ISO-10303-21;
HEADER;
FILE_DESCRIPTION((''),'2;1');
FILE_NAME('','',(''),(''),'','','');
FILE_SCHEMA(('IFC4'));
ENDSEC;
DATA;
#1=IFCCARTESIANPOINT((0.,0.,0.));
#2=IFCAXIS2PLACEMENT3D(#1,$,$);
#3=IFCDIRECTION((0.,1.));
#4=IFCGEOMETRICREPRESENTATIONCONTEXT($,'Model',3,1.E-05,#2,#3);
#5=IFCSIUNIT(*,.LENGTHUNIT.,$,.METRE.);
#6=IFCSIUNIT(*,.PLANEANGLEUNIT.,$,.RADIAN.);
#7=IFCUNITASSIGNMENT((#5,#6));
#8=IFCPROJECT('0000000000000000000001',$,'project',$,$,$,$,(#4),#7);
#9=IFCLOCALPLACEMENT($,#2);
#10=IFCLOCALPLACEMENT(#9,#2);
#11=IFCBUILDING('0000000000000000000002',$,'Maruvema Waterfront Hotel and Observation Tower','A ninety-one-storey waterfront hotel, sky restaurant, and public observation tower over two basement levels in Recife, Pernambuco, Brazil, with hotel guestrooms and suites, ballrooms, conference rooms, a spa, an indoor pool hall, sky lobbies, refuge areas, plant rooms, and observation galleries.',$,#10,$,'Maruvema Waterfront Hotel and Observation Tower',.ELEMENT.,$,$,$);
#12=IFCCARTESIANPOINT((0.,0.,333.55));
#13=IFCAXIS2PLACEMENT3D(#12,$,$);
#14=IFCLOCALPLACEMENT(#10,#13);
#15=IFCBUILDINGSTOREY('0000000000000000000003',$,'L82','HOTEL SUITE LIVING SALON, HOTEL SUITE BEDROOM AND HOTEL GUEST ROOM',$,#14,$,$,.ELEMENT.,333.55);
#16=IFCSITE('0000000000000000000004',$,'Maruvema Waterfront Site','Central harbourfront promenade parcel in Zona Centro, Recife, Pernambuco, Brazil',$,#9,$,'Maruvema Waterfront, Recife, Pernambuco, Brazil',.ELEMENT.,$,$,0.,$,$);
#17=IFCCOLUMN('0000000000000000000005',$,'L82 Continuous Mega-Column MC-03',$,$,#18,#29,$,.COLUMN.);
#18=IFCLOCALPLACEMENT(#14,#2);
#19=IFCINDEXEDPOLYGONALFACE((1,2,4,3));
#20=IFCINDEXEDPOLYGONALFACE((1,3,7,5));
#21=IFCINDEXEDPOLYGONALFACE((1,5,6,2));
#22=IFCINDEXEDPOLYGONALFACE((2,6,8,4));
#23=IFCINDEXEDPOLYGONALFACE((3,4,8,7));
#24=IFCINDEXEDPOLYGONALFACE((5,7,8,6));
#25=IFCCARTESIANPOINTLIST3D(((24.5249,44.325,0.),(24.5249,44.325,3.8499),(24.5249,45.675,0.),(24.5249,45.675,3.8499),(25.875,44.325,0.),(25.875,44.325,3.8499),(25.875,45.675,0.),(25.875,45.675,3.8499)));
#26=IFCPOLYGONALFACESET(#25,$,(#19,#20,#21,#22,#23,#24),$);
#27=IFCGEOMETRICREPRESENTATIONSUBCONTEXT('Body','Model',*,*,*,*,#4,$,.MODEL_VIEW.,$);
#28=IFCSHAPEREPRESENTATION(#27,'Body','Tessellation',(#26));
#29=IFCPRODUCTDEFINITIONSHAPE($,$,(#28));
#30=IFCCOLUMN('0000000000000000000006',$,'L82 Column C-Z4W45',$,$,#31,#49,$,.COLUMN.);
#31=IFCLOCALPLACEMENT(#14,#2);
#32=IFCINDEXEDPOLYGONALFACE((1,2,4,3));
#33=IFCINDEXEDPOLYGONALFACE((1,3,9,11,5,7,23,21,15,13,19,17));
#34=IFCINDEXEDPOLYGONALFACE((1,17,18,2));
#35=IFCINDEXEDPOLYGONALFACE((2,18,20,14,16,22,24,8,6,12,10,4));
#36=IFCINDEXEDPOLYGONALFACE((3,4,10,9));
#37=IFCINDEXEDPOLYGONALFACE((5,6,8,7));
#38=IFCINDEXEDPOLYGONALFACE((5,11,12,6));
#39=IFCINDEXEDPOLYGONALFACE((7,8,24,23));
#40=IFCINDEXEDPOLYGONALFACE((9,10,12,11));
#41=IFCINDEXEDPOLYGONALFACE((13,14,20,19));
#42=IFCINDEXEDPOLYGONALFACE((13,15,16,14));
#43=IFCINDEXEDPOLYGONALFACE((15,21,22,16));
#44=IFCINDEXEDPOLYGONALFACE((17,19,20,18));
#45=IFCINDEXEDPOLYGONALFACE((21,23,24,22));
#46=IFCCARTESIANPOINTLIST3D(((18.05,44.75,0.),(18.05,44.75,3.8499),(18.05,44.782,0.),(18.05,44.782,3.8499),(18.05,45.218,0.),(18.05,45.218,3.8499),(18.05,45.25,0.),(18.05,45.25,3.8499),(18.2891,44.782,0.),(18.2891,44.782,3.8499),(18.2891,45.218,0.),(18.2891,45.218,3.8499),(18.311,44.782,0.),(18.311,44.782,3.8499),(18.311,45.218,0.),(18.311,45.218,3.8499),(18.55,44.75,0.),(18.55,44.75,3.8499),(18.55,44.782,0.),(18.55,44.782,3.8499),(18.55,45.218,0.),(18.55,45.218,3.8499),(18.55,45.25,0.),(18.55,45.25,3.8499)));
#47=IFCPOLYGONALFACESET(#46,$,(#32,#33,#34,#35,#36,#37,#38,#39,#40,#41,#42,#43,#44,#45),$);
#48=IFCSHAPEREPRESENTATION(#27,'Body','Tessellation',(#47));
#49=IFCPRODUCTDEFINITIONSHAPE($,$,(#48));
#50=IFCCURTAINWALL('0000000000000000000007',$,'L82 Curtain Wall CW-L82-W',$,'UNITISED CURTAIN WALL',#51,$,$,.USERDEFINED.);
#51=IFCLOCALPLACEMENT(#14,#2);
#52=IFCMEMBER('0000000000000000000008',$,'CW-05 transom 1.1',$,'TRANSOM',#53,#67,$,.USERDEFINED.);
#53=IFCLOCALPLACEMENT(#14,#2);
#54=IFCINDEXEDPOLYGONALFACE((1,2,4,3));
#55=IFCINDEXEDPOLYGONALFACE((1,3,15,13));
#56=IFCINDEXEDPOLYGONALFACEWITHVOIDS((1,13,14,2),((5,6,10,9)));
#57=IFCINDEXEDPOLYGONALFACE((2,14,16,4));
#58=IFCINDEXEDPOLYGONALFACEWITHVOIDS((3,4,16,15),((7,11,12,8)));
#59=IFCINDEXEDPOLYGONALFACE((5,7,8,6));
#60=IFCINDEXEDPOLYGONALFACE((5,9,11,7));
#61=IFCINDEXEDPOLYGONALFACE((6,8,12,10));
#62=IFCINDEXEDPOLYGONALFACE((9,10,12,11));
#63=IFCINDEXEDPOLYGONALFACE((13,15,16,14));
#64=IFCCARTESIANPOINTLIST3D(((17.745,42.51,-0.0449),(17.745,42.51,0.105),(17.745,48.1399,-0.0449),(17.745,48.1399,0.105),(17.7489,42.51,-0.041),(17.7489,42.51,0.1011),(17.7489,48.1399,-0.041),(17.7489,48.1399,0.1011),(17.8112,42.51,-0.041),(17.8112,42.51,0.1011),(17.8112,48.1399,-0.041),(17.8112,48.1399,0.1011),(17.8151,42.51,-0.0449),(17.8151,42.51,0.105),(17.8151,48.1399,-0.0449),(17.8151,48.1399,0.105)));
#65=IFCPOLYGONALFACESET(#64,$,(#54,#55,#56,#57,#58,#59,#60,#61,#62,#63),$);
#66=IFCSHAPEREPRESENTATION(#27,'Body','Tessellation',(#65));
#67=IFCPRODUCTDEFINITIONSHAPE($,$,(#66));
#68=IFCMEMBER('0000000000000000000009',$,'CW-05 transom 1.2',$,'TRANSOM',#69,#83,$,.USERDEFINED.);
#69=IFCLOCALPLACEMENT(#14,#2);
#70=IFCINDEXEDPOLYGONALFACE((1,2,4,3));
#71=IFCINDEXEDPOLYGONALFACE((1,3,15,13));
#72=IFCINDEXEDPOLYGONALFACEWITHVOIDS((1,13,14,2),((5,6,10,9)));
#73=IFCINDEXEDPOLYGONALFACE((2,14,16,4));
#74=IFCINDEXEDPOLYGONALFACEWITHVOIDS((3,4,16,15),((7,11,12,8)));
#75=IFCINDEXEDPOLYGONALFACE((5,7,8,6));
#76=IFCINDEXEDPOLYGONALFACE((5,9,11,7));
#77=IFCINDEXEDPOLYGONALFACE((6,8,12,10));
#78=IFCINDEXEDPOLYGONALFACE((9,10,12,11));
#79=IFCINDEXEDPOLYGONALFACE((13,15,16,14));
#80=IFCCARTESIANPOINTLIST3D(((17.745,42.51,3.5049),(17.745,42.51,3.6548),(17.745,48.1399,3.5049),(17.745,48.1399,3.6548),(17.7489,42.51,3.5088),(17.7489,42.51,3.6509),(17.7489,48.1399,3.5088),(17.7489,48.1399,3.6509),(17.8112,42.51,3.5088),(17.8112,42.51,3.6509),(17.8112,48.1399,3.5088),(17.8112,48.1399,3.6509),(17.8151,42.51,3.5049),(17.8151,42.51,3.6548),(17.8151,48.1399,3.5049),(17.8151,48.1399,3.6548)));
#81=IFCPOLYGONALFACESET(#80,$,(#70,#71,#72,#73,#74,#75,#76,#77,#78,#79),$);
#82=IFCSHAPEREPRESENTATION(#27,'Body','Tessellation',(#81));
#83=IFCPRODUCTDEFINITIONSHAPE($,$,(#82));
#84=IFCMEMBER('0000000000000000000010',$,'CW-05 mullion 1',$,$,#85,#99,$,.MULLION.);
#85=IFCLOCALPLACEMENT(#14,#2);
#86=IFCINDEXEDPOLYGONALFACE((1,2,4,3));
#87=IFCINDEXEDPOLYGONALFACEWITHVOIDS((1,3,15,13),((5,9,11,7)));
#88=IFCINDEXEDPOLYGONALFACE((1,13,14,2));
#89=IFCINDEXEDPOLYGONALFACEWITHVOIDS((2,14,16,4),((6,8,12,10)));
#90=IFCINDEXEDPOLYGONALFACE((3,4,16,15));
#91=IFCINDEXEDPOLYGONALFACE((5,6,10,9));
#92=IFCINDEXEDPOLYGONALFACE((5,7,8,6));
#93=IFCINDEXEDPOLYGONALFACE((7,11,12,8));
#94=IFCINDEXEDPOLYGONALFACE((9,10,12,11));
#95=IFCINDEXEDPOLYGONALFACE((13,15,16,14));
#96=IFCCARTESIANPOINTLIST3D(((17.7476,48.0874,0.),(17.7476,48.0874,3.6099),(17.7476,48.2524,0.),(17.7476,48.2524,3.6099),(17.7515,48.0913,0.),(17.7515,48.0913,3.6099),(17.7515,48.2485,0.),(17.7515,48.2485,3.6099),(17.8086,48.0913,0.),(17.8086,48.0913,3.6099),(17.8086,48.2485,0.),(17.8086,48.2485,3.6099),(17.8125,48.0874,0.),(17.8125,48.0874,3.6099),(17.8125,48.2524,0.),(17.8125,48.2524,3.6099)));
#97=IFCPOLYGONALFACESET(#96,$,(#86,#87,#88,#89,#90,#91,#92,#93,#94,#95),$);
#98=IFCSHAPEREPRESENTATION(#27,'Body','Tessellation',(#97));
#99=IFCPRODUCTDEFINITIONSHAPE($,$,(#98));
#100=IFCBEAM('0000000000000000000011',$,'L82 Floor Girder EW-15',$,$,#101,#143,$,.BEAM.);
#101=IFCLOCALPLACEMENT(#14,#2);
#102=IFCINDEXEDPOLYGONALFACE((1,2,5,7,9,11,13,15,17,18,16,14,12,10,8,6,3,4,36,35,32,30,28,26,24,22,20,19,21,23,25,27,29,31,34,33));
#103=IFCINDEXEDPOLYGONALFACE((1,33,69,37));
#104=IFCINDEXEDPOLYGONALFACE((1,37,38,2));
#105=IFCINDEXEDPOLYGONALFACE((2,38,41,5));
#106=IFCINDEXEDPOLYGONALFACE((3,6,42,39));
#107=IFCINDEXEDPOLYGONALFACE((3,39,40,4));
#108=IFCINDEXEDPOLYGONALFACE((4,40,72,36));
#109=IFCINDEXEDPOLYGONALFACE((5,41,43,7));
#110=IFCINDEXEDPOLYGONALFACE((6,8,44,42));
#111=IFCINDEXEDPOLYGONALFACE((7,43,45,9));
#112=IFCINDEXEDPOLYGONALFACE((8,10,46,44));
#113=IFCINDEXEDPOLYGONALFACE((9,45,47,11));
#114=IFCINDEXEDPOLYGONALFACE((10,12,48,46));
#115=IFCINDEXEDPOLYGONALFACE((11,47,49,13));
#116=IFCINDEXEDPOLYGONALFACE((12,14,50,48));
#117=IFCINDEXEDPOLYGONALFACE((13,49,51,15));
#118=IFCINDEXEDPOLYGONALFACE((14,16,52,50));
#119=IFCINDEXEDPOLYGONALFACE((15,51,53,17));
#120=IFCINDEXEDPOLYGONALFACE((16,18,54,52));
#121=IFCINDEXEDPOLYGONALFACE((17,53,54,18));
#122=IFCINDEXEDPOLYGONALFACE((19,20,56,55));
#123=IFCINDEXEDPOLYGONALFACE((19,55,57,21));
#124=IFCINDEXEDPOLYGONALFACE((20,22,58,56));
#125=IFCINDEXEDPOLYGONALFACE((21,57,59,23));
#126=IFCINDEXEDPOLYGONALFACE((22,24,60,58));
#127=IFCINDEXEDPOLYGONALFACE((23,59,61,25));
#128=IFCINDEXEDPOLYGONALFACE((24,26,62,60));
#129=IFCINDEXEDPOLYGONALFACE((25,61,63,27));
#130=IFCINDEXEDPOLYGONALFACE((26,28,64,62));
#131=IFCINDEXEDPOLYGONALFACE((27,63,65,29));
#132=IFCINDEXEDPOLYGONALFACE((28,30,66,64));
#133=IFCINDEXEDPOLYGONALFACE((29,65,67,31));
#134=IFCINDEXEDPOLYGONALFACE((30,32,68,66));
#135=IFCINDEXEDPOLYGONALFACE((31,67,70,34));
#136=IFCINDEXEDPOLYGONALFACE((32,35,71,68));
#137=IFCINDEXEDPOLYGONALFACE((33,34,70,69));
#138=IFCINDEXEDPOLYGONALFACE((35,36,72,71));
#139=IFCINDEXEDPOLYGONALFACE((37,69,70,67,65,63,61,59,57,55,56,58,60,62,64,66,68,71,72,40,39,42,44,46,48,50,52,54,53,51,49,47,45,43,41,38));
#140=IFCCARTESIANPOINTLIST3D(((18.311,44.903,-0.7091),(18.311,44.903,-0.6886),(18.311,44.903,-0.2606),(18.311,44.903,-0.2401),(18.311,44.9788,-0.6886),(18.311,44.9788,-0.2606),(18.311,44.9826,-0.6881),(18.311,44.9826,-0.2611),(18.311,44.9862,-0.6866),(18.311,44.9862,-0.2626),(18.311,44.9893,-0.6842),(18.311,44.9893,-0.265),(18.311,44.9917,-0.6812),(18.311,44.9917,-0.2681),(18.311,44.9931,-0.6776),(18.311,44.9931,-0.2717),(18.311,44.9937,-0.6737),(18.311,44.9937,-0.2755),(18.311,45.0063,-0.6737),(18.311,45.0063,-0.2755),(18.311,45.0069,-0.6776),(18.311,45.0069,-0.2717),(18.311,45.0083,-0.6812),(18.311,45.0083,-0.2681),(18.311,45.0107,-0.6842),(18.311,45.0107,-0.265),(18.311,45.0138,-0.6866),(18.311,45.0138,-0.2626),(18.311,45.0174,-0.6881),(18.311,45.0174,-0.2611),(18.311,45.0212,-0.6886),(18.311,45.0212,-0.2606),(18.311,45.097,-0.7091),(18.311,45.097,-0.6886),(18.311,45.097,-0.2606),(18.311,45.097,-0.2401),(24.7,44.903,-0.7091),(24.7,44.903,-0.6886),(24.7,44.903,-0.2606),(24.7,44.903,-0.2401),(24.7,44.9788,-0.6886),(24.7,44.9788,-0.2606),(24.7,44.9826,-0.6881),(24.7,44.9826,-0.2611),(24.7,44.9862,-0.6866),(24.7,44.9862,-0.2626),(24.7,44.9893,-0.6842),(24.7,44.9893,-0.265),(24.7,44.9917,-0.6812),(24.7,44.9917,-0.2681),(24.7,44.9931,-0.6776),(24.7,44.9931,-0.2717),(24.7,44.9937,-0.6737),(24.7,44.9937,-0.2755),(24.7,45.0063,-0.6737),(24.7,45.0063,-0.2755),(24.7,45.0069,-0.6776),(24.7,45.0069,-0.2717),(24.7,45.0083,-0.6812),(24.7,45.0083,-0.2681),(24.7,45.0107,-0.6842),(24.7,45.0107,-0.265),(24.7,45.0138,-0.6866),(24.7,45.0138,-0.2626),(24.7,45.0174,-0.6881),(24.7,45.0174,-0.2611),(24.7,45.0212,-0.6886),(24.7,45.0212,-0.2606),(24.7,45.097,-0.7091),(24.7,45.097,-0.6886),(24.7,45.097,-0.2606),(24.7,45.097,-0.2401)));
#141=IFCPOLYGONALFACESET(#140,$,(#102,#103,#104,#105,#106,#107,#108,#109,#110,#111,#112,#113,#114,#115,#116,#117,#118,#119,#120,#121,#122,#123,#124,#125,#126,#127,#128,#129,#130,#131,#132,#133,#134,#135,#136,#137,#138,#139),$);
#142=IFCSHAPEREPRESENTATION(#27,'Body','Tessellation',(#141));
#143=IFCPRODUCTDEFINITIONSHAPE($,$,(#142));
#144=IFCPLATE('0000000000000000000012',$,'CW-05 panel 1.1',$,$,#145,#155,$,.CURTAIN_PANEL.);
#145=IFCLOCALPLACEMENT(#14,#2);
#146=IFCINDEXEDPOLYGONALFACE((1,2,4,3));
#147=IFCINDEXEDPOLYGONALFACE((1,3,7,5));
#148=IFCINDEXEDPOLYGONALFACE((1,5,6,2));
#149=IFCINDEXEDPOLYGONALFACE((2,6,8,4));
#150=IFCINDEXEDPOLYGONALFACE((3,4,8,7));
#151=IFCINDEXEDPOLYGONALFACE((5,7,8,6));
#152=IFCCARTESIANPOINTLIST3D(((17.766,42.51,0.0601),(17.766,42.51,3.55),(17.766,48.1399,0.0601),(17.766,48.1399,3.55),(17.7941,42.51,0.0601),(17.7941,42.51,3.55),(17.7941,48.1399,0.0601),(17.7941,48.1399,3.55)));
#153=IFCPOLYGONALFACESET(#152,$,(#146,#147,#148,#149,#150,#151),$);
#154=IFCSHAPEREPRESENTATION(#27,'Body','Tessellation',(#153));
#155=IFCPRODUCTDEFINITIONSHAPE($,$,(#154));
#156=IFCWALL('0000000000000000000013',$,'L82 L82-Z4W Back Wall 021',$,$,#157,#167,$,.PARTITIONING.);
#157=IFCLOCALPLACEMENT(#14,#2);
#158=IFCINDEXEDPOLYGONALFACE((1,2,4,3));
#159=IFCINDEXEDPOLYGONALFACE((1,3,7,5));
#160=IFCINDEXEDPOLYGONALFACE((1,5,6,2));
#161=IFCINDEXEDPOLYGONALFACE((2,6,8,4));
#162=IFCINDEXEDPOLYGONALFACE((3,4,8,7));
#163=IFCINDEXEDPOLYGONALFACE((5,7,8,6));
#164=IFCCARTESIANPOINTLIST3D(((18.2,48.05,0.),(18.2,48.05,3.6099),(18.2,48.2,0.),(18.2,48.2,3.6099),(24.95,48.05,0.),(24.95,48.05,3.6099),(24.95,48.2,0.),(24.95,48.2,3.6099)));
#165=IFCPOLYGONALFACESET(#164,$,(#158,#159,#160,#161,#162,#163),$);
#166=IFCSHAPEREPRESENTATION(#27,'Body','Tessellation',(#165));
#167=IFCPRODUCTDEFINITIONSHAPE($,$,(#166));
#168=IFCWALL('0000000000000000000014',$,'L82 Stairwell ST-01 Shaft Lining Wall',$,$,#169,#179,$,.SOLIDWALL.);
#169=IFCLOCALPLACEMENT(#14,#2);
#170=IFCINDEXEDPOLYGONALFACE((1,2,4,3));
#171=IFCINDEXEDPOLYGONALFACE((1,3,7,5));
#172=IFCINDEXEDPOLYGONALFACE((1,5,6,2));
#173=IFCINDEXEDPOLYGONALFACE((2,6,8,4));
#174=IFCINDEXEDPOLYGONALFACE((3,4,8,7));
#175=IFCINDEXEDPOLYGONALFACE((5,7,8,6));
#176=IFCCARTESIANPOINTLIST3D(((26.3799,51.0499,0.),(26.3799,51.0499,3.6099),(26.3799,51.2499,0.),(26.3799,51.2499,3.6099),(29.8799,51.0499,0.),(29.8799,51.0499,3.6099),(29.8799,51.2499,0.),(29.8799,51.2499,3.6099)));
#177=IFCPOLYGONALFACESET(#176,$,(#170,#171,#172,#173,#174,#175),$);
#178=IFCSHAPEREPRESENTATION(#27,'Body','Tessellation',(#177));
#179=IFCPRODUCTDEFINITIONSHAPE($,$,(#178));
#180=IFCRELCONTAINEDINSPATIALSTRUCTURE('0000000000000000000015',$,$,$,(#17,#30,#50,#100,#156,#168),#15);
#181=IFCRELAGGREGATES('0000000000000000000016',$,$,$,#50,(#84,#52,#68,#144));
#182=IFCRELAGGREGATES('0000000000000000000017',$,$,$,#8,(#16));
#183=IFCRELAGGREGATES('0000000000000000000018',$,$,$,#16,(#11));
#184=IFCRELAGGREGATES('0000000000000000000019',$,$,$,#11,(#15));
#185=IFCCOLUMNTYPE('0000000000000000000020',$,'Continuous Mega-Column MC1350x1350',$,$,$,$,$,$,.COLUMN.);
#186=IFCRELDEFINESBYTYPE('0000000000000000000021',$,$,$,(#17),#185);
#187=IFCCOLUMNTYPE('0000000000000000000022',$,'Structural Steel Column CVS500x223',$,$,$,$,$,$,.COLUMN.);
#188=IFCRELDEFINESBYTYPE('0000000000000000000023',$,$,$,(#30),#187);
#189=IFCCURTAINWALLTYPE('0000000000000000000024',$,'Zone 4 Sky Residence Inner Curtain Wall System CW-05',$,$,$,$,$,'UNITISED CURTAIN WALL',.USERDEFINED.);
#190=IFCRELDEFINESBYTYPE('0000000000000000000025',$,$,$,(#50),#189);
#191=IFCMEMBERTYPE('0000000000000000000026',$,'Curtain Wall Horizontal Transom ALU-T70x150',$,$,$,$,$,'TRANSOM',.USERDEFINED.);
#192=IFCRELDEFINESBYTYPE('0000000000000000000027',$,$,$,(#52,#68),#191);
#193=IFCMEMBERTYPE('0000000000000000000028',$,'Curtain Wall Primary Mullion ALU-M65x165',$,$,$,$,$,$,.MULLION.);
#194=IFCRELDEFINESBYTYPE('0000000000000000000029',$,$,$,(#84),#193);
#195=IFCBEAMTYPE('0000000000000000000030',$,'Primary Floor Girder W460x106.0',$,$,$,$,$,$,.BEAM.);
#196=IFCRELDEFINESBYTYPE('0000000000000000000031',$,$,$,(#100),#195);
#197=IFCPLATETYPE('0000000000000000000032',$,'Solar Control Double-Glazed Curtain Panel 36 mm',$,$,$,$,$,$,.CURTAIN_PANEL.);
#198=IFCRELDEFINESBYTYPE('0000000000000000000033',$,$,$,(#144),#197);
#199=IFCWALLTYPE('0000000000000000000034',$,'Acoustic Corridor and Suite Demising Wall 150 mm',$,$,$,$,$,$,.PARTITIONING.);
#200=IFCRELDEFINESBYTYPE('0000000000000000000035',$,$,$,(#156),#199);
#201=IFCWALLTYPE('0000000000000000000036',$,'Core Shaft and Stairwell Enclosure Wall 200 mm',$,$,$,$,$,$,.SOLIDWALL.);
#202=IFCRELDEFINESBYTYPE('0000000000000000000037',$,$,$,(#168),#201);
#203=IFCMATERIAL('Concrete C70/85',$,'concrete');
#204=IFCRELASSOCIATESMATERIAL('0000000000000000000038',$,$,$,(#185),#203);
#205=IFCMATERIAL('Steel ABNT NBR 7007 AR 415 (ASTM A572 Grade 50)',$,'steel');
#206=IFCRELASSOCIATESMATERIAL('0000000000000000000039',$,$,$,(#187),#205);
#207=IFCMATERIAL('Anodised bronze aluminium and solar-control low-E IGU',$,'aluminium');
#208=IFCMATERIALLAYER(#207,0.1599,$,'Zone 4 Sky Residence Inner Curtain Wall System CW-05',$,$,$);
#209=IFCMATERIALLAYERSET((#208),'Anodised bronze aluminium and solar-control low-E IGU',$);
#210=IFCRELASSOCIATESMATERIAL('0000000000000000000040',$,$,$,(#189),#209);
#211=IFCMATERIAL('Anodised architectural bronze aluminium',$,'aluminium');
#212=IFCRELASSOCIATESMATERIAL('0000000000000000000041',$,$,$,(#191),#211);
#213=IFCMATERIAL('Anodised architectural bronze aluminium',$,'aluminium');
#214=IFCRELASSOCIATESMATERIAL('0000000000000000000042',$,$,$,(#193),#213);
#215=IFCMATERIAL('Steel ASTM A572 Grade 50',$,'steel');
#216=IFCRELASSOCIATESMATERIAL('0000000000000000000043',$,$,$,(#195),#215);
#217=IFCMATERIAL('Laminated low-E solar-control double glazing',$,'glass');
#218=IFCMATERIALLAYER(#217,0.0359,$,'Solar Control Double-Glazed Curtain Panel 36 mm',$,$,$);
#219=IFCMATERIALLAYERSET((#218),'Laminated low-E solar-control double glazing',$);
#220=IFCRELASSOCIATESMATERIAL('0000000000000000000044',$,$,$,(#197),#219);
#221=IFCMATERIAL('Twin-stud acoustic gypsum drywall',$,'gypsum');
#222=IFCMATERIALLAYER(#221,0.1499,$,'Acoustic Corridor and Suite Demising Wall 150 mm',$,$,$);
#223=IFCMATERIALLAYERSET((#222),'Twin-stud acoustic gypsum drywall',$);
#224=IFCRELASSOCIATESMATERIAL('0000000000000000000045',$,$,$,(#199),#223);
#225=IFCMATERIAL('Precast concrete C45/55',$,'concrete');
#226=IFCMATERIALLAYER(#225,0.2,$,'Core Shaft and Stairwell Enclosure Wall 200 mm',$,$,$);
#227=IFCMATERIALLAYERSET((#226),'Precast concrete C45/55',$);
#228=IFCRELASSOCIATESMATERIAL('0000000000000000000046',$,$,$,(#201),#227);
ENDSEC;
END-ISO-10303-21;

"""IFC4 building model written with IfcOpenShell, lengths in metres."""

from ifc_helpers import new_model, si_unit, direction, frame, frame_2d, origin, origin_2d, place, context, subcontext, project, spatial, rectangle, hollow_rectangle, i_section, extrude, material, layer, layer_set, material_profile, profile_set, type_object, element, aggregate, save


model = new_model("IFC4")

# Units and contexts
model_context = context("Model", 3, precision=1e-05, world=origin(), true_north=direction((0.0, 1.0)))
body_context = subcontext(model_context, "Body", "Model", "MODEL_VIEW")
ifc_project = project(units=[si_unit("LENGTHUNIT", "METRE"), si_unit("PLANEANGLEUNIT", "RADIAN")], contexts=[model_context])

# Site, building, storey
site_placement = place(None, origin())
site = spatial("IfcSite", under=ifc_project, at=site_placement, Name="Maruvema Waterfront Site", Description="Central harbourfront promenade parcel in Zona Centro, Recife, Pernambuco, Brazil", LongName="Maruvema Waterfront, Recife, Pernambuco, Brazil", CompositionType="ELEMENT", RefElevation=0.0)
building_placement = place(site_placement, origin())
building = spatial("IfcBuilding", under=site, at=building_placement, Name="Maruvema Waterfront Hotel and Observation Tower", Description="A ninety-one-storey waterfront hotel, sky restaurant, and public observation tower over two basement levels in Recife, Pernambuco, Brazil, with hotel guestrooms and suites, ballrooms, conference rooms, a spa, an indoor pool hall, sky lobbies, refuge areas, plant rooms, and observation galleries.", LongName="Maruvema Waterfront Hotel and Observation Tower", CompositionType="ELEMENT")
storey_placement = place(building_placement, frame((0.0, 0.0, 333.55)))
storey = spatial("IfcBuildingStorey", under=building, at=storey_placement, Name="L82", Description="HOTEL SUITE LIVING SALON, HOTEL SUITE BEDROOM AND HOTEL GUEST ROOM", CompositionType="ELEMENT", Elevation=333.55)

# Columns
ifc_material_1 = material(Name="Concrete C70/85", Category="concrete")
ifc_material_profile_1 = material_profile(ifc_material_1, rectangle(XDim=1.3501, YDim=1.3501, at=origin_2d()), Name="MC1350x1350")
ifc_profile_set_1 = profile_set([ifc_material_profile_1], Name="Concrete C70/85")
column_type_1 = type_object("IfcColumnType", Name="Continuous Mega-Column MC1350x1350", PredefinedType="COLUMN", material=ifc_profile_set_1)
column_1_placement = place(storey_placement, frame((25.2, 45.0, 0.0), z_axis=(0.0, 0.0, 1.0), x_axis=(1.0, 0.0, 0.0)))
element("IfcColumn", 1, at=column_1_placement, inside=storey, type_object=column_type_1, Name="L82 Continuous Mega-Column MC-03", PredefinedType="COLUMN", context=body_context, shape_type="SweptSolid", body=[
    extrude(rectangle(XDim=1.3501, YDim=1.3501, at=origin_2d()), origin(), (0.0, 0.0, 1.0), 3.8499),
])
ifc_material_2 = material(Name="Steel ABNT NBR 7007 AR 415 (ASTM A572 Grade 50)", Category="steel")
ifc_material_profile_2 = material_profile(ifc_material_2, i_section(OverallWidth=0.5, OverallDepth=0.5, WebThickness=0.022, FlangeThickness=0.032, at=origin_2d()), Name="CVS500x223")
ifc_profile_set_2 = profile_set([ifc_material_profile_2], Name="Steel ABNT NBR 7007 AR 415 (ASTM A572 Grade 50)")
column_type_2 = type_object("IfcColumnType", Name="Structural Steel Column CVS500x223", PredefinedType="COLUMN", material=ifc_profile_set_2)
column_2_placement = place(storey_placement, frame((18.3, 45.0, 0.0), z_axis=(0.0, 0.0, 1.0), x_axis=(1.0, 0.0, 0.0)))
element("IfcColumn", 2, at=column_2_placement, inside=storey, type_object=column_type_2, Name="L82 Column C-Z4W45", PredefinedType="COLUMN", context=body_context, shape_type="SweptSolid", body=[
    extrude(i_section(OverallWidth=0.5, OverallDepth=0.5, WebThickness=0.022, FlangeThickness=0.032, at=origin_2d()), origin(), (0.0, 0.0, 1.0), 3.8499),
])

# Curtain wall, members
ifc_material_3 = material(Name="Anodised bronze aluminium and solar-control low-E IGU", Category="aluminium")
ifc_layer_1 = layer(ifc_material_3, 0.1599, Name="Zone 4 Sky Residence Inner Curtain Wall System CW-05")
ifc_layer_set_1 = layer_set([ifc_layer_1], Name="Anodised bronze aluminium and solar-control low-E IGU")
curtain_wall_type = type_object("IfcCurtainWallType", Name="Zone 4 Sky Residence Inner Curtain Wall System CW-05", ElementType="UNITISED CURTAIN WALL", PredefinedType="USERDEFINED", material=ifc_layer_set_1)
curtain_wall_placement = place(storey_placement, origin())
curtain_wall = element("IfcCurtainWall", 3, at=curtain_wall_placement, inside=storey, type_object=curtain_wall_type, Name="L82 Curtain Wall CW-L82-W", ObjectType="UNITISED CURTAIN WALL", PredefinedType="USERDEFINED")
ifc_material_4 = material(Name="Anodised architectural bronze aluminium", Category="aluminium")
ifc_material_profile_3 = material_profile(ifc_material_4, hollow_rectangle(XDim=0.0701, YDim=0.1499, WallThickness=0.0039, at=origin_2d()), Name="ALU-T70x150")
ifc_profile_set_3 = profile_set([ifc_material_profile_3], Name="Anodised architectural bronze aluminium")
member_type_1 = type_object("IfcMemberType", Name="Curtain Wall Horizontal Transom ALU-T70x150", ElementType="TRANSOM", PredefinedType="USERDEFINED", material=ifc_profile_set_3)
member_1_placement = place(storey_placement, frame((17.78, 48.1399, 0.03), z_axis=(0.0, -1.0, 0.0), x_axis=(1.0, 0.0, 0.0)))
member_1 = element("IfcMember", 4, at=member_1_placement, type_object=member_type_1, Name="CW-05 transom 1.1", ObjectType="TRANSOM", PredefinedType="USERDEFINED", context=body_context, shape_type="SweptSolid", body=[
    extrude(hollow_rectangle(XDim=0.0701, YDim=0.1499, WallThickness=0.0039, at=origin_2d()), origin(), (0.0, 0.0, 1.0), 5.6299),
])
member_2_placement = place(storey_placement, frame((17.78, 48.1399, 3.5798), z_axis=(0.0, -1.0, 0.0), x_axis=(1.0, 0.0, 0.0)))
member_2 = element("IfcMember", 5, at=member_2_placement, type_object=member_type_1, Name="CW-05 transom 1.2", ObjectType="TRANSOM", PredefinedType="USERDEFINED", context=body_context, shape_type="SweptSolid", body=[
    extrude(hollow_rectangle(XDim=0.0701, YDim=0.1499, WallThickness=0.0039, at=origin_2d()), origin(), (0.0, 0.0, 1.0), 5.6299),
])
ifc_material_5 = material(Name="Anodised architectural bronze aluminium", Category="aluminium")
ifc_material_profile_4 = material_profile(ifc_material_5, hollow_rectangle(XDim=0.0649, YDim=0.165, WallThickness=0.0039, at=origin_2d()), Name="ALU-M65x165")
ifc_profile_set_4 = profile_set([ifc_material_profile_4], Name="Anodised architectural bronze aluminium")
member_type_2 = type_object("IfcMemberType", Name="Curtain Wall Primary Mullion ALU-M65x165", PredefinedType="MULLION", material=ifc_profile_set_4)
member_3_placement = place(storey_placement, frame((17.78, 48.1699, 0.0), z_axis=(0.0, 0.0, 1.0), x_axis=(1.0, 0.0, 0.0)))
member_3 = element("IfcMember", 6, at=member_3_placement, type_object=member_type_2, Name="CW-05 mullion 1", PredefinedType="MULLION", context=body_context, shape_type="SweptSolid", body=[
    extrude(hollow_rectangle(XDim=0.0649, YDim=0.165, WallThickness=0.0039, at=origin_2d()), origin(), (0.0, 0.0, 1.0), 3.6099),
])

# Beam
ifc_material_6 = material(Name="Steel ASTM A572 Grade 50", Category="steel")
ifc_material_profile_5 = material_profile(ifc_material_6, i_section(OverallWidth=0.1941, OverallDepth=0.469, WebThickness=0.0127, FlangeThickness=0.0205, FilletRadius=0.0149, at=origin_2d()), Name="W460x106.0")
ifc_profile_set_5 = profile_set([ifc_material_profile_5], Name="Steel ASTM A572 Grade 50")
beam_type = type_object("IfcBeamType", Name="Primary Floor Girder W460x106.0", PredefinedType="BEAM", material=ifc_profile_set_5)
beam_placement = place(storey_placement, frame((18.311, 45.0, -0.4746), z_axis=(1.0, 0.0, 0.0), x_axis=(0.0, 1.0, 0.0)))
element("IfcBeam", 7, at=beam_placement, inside=storey, type_object=beam_type, Name="L82 Floor Girder EW-15", PredefinedType="BEAM", context=body_context, shape_type="SweptSolid", body=[
    extrude(i_section(OverallWidth=0.1941, OverallDepth=0.469, WebThickness=0.0127, FlangeThickness=0.0205, FilletRadius=0.0149, at=origin_2d()), origin(), (0.0, 0.0, 1.0), 6.3889),
])

# Plate
ifc_material_7 = material(Name="Laminated low-E solar-control double glazing", Category="glass")
ifc_layer_2 = layer(ifc_material_7, 0.0359, Name="Solar Control Double-Glazed Curtain Panel 36 mm")
ifc_layer_set_2 = layer_set([ifc_layer_2], Name="Laminated low-E solar-control double glazing")
plate_type = type_object("IfcPlateType", Name="Solar Control Double-Glazed Curtain Panel 36 mm", PredefinedType="CURTAIN_PANEL", material=ifc_layer_set_2)
plate_placement = place(storey_placement, frame((17.78, 45.325, 0.0601), z_axis=(0.0, 0.0, 1.0), x_axis=(0.0, -1.0, 0.0)))
plate = element("IfcPlate", 8, at=plate_placement, type_object=plate_type, Name="CW-05 panel 1.1", PredefinedType="CURTAIN_PANEL", context=body_context, shape_type="SweptSolid", body=[
    extrude(rectangle(XDim=5.6299, YDim=0.0281, at=origin_2d()), origin(), (0.0, 0.0, 1.0), 3.49),
])
aggregate(curtain_wall, [member_3, member_1, member_2, plate])

# Walls
ifc_material_8 = material(Name="Twin-stud acoustic gypsum drywall", Category="gypsum")
ifc_layer_3 = layer(ifc_material_8, 0.1499, Name="Acoustic Corridor and Suite Demising Wall 150 mm")
ifc_layer_set_3 = layer_set([ifc_layer_3], Name="Twin-stud acoustic gypsum drywall")
wall_type_1 = type_object("IfcWallType", Name="Acoustic Corridor and Suite Demising Wall 150 mm", PredefinedType="PARTITIONING", material=ifc_layer_set_3)
wall_1_placement = place(storey_placement, frame((18.2, 48.125, 0.0), z_axis=(0.0, 0.0, 1.0), x_axis=(1.0, 0.0, 0.0)))
element("IfcWall", 9, at=wall_1_placement, inside=storey, type_object=wall_type_1, Name="L82 L82-Z4W Back Wall 021", PredefinedType="PARTITIONING", context=body_context, shape_type="SweptSolid", body=[
    extrude(rectangle(XDim=6.75, YDim=0.1499, at=frame_2d((3.375, 0.0))), origin(), (0.0, 0.0, 1.0), 3.6099),
])
ifc_material_9 = material(Name="Precast concrete C45/55", Category="concrete")
ifc_layer_4 = layer(ifc_material_9, 0.2, Name="Core Shaft and Stairwell Enclosure Wall 200 mm")
ifc_layer_set_4 = layer_set([ifc_layer_4], Name="Precast concrete C45/55")
wall_type_2 = type_object("IfcWallType", Name="Core Shaft and Stairwell Enclosure Wall 200 mm", PredefinedType="SOLIDWALL", material=ifc_layer_set_4)
wall_2_placement = place(storey_placement, frame((26.3799, 51.1499, 0.0), z_axis=(0.0, 0.0, 1.0), x_axis=(1.0, 0.0, 0.0)))
element("IfcWall", 10, at=wall_2_placement, inside=storey, type_object=wall_type_2, Name="L82 Stairwell ST-01 Shaft Lining Wall", PredefinedType="SOLIDWALL", context=body_context, shape_type="SweptSolid", body=[
    extrude(rectangle(XDim=3.5, YDim=0.2, at=frame_2d((1.75, 0.0))), origin(), (0.0, 0.0, 1.0), 3.6099),
])

save(model, "model.ifc")
